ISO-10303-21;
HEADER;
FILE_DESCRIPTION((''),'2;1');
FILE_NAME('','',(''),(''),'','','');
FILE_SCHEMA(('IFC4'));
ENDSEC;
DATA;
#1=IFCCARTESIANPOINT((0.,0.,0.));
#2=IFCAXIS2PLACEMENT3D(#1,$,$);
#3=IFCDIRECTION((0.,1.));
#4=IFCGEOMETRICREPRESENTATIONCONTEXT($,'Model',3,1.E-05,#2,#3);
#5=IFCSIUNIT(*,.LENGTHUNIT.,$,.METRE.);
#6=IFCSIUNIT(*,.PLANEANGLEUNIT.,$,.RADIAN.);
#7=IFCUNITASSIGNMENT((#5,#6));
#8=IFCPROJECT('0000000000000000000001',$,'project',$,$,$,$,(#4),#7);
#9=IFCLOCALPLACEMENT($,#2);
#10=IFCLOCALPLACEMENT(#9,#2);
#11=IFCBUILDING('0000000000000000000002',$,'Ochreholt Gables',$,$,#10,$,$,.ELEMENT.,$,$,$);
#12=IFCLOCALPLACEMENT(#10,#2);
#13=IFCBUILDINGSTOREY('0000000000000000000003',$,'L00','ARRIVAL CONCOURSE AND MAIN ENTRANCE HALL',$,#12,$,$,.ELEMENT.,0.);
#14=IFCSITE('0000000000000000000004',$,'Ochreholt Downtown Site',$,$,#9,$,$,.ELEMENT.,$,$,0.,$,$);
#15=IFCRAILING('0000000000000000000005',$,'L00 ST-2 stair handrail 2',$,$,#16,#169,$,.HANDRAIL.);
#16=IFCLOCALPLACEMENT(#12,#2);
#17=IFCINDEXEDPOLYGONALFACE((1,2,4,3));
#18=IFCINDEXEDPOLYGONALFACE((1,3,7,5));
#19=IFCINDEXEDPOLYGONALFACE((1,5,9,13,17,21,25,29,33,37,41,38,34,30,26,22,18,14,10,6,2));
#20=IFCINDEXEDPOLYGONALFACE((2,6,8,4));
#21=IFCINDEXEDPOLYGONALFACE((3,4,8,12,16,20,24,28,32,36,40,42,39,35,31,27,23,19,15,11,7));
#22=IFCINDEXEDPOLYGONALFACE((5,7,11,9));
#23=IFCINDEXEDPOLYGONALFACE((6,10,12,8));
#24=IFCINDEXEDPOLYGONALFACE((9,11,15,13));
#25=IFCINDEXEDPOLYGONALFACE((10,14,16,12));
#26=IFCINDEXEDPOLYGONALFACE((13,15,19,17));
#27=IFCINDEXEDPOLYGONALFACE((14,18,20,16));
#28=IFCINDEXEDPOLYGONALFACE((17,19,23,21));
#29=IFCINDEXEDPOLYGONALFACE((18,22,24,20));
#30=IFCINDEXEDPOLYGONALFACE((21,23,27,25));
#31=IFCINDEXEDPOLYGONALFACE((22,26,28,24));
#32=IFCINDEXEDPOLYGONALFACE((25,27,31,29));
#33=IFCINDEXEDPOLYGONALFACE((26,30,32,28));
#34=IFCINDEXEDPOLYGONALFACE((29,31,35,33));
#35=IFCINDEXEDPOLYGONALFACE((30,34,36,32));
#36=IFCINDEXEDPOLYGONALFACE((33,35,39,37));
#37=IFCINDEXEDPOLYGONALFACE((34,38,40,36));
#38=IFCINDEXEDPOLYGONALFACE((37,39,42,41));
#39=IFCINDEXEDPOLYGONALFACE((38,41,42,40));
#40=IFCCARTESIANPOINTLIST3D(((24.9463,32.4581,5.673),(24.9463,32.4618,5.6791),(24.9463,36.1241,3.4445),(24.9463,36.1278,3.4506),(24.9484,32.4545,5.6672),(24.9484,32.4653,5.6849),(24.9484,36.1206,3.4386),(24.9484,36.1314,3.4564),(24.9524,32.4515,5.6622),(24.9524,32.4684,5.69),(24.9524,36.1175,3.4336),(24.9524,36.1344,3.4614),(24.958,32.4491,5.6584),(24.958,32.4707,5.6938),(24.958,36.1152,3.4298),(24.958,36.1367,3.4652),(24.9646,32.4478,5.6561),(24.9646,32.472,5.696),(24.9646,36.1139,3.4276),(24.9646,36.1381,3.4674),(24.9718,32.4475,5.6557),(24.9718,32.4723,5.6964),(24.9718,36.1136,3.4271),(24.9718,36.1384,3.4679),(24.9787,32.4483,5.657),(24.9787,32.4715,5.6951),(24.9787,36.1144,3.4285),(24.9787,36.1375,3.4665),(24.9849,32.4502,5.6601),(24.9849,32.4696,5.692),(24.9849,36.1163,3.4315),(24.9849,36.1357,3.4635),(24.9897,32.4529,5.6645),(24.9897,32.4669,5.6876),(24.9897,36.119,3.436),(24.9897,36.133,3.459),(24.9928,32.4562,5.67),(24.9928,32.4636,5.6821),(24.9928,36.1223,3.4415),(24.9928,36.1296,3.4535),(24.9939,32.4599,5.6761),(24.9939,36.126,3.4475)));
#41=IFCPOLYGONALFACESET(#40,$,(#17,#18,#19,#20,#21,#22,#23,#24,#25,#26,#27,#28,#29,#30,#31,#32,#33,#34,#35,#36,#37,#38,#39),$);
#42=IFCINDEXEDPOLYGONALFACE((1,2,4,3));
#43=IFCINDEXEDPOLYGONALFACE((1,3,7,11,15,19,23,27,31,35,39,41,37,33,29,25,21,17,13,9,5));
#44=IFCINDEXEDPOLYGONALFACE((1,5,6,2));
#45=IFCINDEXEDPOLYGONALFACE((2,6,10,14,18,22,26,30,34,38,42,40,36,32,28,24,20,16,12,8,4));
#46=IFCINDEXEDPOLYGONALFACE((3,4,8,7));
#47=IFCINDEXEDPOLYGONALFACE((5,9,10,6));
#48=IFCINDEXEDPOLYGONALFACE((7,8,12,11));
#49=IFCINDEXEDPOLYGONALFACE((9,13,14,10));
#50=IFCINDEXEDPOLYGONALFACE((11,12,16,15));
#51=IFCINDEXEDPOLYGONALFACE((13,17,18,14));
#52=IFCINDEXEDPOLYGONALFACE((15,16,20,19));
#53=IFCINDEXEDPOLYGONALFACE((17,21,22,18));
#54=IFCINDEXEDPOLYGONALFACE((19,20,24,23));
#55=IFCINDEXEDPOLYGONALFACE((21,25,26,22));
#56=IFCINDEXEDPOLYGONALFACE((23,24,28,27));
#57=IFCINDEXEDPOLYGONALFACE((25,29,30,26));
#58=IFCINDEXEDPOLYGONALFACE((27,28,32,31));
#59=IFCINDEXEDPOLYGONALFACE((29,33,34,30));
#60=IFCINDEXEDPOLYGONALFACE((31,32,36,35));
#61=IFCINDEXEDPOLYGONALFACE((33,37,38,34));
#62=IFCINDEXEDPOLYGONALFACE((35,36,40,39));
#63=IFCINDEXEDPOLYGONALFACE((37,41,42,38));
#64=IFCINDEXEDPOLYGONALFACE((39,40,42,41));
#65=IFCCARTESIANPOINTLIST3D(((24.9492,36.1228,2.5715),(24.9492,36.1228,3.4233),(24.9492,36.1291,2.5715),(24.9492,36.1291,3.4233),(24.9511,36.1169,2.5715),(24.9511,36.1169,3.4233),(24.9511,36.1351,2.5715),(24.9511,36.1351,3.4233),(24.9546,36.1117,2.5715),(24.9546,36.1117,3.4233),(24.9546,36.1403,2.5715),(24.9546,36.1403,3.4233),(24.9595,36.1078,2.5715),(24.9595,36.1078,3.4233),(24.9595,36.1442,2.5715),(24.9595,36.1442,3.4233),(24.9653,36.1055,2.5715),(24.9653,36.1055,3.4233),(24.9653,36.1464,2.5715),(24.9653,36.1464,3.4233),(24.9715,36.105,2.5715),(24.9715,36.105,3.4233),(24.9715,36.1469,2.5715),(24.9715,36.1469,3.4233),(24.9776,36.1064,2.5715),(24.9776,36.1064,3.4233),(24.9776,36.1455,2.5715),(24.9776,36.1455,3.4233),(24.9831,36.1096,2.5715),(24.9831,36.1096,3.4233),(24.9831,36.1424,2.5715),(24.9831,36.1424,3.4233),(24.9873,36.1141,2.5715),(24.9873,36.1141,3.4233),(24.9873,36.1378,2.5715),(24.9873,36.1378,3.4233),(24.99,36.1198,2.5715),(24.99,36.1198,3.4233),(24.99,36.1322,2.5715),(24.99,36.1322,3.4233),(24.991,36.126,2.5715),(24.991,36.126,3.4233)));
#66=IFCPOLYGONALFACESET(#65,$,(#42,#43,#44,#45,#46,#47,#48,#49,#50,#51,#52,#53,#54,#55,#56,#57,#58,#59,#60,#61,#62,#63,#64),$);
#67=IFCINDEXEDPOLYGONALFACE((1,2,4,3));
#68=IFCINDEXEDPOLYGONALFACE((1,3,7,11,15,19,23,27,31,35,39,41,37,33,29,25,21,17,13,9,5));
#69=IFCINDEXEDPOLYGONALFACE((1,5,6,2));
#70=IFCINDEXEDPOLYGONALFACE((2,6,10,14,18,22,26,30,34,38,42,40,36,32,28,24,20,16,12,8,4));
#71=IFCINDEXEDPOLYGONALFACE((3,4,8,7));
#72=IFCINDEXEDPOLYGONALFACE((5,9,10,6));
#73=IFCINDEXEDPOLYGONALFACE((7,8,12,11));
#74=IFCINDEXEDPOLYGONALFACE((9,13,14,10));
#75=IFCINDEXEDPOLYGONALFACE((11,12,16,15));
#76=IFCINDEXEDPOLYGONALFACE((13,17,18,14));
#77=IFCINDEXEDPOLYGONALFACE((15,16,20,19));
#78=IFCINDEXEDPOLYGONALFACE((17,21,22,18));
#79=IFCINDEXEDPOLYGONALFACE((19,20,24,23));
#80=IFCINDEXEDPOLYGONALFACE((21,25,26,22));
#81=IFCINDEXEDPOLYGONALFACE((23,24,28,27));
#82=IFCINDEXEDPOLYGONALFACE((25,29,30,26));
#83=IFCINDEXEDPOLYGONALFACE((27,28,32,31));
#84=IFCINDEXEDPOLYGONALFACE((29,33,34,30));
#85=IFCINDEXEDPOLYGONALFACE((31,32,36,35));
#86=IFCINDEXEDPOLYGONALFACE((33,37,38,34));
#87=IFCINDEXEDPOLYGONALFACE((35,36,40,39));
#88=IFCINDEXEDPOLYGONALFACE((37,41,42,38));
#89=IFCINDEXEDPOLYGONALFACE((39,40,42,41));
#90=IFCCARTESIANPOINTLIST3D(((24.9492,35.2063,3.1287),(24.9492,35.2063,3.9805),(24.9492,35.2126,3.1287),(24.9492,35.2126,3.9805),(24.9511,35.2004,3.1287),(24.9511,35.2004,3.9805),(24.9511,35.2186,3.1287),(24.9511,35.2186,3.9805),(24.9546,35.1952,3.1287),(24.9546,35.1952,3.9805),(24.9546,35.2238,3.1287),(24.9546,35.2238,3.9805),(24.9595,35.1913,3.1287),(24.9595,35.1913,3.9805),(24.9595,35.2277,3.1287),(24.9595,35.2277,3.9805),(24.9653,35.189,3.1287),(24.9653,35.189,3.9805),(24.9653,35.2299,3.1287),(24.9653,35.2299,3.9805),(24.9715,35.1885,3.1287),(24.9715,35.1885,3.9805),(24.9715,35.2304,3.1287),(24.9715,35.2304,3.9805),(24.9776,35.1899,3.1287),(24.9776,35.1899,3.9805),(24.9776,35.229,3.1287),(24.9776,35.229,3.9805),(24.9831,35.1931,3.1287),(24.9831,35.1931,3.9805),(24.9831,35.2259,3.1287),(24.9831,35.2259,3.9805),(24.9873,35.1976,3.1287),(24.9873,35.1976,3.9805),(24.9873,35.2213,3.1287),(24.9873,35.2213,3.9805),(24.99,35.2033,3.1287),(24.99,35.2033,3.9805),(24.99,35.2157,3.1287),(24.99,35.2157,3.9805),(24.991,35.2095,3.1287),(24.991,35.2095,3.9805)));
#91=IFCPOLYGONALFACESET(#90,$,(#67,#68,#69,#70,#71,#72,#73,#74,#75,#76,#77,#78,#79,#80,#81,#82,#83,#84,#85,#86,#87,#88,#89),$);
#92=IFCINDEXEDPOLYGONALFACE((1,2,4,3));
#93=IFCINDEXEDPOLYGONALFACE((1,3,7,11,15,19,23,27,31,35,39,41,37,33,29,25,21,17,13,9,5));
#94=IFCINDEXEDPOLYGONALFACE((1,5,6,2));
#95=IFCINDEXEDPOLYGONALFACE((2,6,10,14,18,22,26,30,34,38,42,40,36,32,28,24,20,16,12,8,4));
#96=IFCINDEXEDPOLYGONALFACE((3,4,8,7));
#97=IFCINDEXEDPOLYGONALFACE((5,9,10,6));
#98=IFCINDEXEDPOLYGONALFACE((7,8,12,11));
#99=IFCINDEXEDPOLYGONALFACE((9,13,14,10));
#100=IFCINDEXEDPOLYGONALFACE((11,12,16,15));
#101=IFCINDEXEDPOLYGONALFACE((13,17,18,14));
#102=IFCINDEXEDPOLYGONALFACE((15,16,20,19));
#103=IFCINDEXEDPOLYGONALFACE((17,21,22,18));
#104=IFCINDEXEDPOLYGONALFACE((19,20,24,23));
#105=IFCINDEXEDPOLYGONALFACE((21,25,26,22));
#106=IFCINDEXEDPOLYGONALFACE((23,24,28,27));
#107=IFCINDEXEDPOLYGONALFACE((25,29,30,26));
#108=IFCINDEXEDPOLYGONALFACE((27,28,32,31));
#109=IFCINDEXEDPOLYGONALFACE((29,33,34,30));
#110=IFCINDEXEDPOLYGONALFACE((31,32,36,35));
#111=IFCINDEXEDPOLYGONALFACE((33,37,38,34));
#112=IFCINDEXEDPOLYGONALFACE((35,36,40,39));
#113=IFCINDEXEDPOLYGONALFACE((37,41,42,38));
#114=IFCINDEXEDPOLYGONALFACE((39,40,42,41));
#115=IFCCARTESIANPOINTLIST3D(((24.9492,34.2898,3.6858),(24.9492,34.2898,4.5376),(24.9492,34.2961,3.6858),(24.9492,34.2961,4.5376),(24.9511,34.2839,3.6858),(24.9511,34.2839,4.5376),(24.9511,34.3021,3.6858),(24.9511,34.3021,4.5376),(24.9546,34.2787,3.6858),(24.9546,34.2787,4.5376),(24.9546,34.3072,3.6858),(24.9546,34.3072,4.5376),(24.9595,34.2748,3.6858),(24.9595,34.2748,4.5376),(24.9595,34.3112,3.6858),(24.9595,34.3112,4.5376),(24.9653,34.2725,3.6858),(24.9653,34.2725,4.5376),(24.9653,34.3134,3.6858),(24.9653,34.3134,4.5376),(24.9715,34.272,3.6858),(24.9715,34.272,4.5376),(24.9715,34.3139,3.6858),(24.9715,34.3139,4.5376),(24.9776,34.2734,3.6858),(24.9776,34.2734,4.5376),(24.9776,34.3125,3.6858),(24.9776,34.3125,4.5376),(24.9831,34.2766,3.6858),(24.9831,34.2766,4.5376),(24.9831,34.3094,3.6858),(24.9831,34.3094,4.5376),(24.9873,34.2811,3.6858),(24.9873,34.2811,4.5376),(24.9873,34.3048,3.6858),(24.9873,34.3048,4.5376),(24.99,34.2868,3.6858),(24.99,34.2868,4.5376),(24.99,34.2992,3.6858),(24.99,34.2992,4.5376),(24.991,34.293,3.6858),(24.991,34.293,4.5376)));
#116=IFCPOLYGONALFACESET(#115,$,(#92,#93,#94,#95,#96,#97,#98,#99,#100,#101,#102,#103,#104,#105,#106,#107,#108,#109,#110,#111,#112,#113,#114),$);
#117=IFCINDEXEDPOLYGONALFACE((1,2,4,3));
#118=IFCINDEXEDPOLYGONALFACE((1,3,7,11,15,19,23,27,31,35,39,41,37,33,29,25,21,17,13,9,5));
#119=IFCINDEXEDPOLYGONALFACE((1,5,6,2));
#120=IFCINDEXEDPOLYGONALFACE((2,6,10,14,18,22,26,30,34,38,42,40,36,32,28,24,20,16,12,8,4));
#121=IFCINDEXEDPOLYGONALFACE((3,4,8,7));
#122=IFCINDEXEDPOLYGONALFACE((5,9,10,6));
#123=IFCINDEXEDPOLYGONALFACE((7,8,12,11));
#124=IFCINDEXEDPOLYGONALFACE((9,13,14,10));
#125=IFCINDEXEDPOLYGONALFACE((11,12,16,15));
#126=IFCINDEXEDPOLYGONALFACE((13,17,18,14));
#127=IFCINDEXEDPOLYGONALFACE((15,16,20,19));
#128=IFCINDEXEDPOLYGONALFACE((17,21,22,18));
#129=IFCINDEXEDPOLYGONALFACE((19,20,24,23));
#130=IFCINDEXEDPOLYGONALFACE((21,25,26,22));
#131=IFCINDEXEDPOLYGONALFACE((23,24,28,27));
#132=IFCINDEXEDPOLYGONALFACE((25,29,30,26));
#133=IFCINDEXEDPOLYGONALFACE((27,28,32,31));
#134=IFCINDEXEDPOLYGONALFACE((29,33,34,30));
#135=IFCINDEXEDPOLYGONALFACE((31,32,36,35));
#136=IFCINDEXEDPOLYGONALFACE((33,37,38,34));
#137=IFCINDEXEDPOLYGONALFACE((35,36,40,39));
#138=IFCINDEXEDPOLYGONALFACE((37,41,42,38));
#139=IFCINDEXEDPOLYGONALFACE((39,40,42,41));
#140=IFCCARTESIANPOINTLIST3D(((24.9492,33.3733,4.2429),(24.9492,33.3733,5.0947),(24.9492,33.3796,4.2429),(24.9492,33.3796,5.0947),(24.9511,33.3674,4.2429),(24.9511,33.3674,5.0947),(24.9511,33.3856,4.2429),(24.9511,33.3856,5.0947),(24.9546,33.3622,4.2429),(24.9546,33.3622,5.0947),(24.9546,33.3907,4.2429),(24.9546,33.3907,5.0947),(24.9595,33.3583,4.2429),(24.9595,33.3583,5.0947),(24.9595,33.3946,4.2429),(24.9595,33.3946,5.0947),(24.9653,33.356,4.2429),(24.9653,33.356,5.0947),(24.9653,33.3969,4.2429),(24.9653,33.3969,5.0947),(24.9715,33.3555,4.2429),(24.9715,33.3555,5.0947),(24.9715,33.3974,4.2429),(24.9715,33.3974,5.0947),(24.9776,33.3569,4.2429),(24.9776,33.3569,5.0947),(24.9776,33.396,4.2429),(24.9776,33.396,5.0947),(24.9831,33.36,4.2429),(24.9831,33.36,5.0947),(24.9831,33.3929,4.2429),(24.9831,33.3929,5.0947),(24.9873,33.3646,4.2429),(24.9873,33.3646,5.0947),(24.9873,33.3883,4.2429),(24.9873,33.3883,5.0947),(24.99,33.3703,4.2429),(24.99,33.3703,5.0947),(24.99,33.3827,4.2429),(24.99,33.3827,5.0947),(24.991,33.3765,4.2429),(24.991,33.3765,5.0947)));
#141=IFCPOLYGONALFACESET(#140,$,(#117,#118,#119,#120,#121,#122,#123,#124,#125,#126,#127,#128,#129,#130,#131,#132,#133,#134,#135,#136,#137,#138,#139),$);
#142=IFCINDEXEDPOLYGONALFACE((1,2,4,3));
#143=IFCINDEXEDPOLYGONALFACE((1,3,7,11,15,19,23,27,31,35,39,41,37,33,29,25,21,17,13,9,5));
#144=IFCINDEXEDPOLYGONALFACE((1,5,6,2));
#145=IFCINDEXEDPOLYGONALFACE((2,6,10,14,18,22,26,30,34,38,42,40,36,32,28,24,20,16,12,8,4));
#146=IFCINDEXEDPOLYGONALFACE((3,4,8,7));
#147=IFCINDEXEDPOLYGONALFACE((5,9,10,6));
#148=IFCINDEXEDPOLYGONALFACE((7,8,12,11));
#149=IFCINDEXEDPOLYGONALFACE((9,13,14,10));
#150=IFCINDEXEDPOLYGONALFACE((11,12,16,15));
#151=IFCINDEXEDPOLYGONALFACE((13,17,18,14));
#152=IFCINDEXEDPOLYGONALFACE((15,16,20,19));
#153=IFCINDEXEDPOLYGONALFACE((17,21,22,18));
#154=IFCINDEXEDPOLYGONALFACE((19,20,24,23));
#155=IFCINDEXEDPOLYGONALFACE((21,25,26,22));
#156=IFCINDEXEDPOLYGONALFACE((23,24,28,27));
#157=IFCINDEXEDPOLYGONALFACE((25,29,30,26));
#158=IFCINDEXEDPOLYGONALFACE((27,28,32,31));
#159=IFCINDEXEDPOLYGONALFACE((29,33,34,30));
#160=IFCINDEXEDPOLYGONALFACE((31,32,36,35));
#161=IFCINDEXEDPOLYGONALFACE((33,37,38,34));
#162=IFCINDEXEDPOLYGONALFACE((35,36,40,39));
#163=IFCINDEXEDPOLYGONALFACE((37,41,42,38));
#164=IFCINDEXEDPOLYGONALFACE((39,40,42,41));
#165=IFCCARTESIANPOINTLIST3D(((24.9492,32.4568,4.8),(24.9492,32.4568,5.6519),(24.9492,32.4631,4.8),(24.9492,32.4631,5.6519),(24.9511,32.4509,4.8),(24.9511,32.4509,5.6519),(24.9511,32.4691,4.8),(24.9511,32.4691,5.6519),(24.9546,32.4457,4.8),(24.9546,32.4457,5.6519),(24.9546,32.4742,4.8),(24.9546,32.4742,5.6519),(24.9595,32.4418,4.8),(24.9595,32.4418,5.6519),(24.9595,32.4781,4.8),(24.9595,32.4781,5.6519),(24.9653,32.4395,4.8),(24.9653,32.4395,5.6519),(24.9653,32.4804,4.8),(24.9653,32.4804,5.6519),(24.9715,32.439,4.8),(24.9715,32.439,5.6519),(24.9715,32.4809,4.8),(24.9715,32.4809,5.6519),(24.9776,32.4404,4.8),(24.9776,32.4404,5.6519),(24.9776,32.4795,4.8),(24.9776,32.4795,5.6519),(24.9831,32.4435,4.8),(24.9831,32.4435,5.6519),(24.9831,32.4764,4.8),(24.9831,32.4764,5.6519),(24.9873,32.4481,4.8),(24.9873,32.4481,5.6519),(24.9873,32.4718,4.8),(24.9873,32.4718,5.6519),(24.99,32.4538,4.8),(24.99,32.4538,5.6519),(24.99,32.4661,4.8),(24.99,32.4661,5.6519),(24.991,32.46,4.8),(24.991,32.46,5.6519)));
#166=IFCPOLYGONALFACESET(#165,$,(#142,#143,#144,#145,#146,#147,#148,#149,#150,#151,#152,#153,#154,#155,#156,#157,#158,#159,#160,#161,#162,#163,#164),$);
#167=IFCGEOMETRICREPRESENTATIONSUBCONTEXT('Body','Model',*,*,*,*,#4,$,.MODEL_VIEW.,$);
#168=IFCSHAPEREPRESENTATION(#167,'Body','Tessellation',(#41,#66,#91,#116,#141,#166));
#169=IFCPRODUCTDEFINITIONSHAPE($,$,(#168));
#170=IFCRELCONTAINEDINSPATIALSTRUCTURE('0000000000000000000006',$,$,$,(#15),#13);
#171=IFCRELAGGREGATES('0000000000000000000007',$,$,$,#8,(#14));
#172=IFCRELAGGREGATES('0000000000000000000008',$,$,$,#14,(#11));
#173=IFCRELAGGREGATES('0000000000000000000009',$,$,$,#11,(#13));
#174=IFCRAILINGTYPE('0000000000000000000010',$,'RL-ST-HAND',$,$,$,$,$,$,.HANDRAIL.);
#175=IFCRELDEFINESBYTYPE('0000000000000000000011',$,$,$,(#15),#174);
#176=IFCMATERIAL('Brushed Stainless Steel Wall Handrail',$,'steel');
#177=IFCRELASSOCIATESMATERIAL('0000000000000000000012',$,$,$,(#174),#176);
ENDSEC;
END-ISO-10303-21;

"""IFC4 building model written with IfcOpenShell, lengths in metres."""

from ifc_helpers import new_model, si_unit, direction, frame, origin, origin_2d, place, context, subcontext, project, spatial, circle, extrude, material, type_object, element, save


model = new_model("IFC4")

# Units and contexts
model_context = context("Model", 3, precision=1e-05, world=origin(), true_north=direction((0.0, 1.0)))
body_context = subcontext(model_context, "Body", "Model", "MODEL_VIEW")
ifc_project = project(units=[si_unit("LENGTHUNIT", "METRE"), si_unit("PLANEANGLEUNIT", "RADIAN")], contexts=[model_context])

# Site, building, storey
site_placement = place(None, origin())
site = spatial("IfcSite", under=ifc_project, at=site_placement, Name="Ochreholt Downtown Site", CompositionType="ELEMENT", RefElevation=0.0)
building_placement = place(site_placement, origin())
building = spatial("IfcBuilding", under=site, at=building_placement, Name="Ochreholt Gables", CompositionType="ELEMENT")
storey_placement = place(building_placement, origin())
storey = spatial("IfcBuildingStorey", under=building, at=storey_placement, Name="L00", Description="ARRIVAL CONCOURSE AND MAIN ENTRANCE HALL", CompositionType="ELEMENT", Elevation=0.0)

# Railing
ifc_material_1 = material(Name="Brushed Stainless Steel Wall Handrail", Category="steel")
railing_type_1 = type_object("IfcRailingType", Name="RL-ST-HAND", PredefinedType="HANDRAIL", material=ifc_material_1)
railing_1_placement = place(storey_placement, frame((24.97, 36.126, 2.5715)))
element("IfcRailing", 1, at=railing_1_placement, inside=storey, type_object=railing_type_1, Name="L00 ST-2 stair handrail 2", PredefinedType="HANDRAIL", context=body_context, shape_type="SweptSolid", body=[
    extrude(circle(Radius=0.0239, at=origin_2d()), frame((0.0, 0.0, 0.876), z_axis=(0.0, -0.854506, 0.519441), x_axis=(1.0, 0.0, 0.0)), (0.0, 0.0, 1.0), 4.2903),
    extrude(circle(Radius=0.021, at=origin_2d()), origin(), (0.0, 0.0, 1.0), 0.8518),
    extrude(circle(Radius=0.021, at=origin_2d()), frame((0.0, -0.9165, 0.5571)), (0.0, 0.0, 1.0), 0.8518),
    extrude(circle(Radius=0.021, at=origin_2d()), frame((0.0, -1.833, 1.1143)), (0.0, 0.0, 1.0), 0.8518),
    extrude(circle(Radius=0.021, at=origin_2d()), frame((0.0, -2.7495, 1.6714)), (0.0, 0.0, 1.0), 0.8518),
    extrude(circle(Radius=0.021, at=origin_2d()), frame((0.0, -3.666, 2.2285)), (0.0, 0.0, 1.0), 0.8518),
])

save(model, "model.ifc")
